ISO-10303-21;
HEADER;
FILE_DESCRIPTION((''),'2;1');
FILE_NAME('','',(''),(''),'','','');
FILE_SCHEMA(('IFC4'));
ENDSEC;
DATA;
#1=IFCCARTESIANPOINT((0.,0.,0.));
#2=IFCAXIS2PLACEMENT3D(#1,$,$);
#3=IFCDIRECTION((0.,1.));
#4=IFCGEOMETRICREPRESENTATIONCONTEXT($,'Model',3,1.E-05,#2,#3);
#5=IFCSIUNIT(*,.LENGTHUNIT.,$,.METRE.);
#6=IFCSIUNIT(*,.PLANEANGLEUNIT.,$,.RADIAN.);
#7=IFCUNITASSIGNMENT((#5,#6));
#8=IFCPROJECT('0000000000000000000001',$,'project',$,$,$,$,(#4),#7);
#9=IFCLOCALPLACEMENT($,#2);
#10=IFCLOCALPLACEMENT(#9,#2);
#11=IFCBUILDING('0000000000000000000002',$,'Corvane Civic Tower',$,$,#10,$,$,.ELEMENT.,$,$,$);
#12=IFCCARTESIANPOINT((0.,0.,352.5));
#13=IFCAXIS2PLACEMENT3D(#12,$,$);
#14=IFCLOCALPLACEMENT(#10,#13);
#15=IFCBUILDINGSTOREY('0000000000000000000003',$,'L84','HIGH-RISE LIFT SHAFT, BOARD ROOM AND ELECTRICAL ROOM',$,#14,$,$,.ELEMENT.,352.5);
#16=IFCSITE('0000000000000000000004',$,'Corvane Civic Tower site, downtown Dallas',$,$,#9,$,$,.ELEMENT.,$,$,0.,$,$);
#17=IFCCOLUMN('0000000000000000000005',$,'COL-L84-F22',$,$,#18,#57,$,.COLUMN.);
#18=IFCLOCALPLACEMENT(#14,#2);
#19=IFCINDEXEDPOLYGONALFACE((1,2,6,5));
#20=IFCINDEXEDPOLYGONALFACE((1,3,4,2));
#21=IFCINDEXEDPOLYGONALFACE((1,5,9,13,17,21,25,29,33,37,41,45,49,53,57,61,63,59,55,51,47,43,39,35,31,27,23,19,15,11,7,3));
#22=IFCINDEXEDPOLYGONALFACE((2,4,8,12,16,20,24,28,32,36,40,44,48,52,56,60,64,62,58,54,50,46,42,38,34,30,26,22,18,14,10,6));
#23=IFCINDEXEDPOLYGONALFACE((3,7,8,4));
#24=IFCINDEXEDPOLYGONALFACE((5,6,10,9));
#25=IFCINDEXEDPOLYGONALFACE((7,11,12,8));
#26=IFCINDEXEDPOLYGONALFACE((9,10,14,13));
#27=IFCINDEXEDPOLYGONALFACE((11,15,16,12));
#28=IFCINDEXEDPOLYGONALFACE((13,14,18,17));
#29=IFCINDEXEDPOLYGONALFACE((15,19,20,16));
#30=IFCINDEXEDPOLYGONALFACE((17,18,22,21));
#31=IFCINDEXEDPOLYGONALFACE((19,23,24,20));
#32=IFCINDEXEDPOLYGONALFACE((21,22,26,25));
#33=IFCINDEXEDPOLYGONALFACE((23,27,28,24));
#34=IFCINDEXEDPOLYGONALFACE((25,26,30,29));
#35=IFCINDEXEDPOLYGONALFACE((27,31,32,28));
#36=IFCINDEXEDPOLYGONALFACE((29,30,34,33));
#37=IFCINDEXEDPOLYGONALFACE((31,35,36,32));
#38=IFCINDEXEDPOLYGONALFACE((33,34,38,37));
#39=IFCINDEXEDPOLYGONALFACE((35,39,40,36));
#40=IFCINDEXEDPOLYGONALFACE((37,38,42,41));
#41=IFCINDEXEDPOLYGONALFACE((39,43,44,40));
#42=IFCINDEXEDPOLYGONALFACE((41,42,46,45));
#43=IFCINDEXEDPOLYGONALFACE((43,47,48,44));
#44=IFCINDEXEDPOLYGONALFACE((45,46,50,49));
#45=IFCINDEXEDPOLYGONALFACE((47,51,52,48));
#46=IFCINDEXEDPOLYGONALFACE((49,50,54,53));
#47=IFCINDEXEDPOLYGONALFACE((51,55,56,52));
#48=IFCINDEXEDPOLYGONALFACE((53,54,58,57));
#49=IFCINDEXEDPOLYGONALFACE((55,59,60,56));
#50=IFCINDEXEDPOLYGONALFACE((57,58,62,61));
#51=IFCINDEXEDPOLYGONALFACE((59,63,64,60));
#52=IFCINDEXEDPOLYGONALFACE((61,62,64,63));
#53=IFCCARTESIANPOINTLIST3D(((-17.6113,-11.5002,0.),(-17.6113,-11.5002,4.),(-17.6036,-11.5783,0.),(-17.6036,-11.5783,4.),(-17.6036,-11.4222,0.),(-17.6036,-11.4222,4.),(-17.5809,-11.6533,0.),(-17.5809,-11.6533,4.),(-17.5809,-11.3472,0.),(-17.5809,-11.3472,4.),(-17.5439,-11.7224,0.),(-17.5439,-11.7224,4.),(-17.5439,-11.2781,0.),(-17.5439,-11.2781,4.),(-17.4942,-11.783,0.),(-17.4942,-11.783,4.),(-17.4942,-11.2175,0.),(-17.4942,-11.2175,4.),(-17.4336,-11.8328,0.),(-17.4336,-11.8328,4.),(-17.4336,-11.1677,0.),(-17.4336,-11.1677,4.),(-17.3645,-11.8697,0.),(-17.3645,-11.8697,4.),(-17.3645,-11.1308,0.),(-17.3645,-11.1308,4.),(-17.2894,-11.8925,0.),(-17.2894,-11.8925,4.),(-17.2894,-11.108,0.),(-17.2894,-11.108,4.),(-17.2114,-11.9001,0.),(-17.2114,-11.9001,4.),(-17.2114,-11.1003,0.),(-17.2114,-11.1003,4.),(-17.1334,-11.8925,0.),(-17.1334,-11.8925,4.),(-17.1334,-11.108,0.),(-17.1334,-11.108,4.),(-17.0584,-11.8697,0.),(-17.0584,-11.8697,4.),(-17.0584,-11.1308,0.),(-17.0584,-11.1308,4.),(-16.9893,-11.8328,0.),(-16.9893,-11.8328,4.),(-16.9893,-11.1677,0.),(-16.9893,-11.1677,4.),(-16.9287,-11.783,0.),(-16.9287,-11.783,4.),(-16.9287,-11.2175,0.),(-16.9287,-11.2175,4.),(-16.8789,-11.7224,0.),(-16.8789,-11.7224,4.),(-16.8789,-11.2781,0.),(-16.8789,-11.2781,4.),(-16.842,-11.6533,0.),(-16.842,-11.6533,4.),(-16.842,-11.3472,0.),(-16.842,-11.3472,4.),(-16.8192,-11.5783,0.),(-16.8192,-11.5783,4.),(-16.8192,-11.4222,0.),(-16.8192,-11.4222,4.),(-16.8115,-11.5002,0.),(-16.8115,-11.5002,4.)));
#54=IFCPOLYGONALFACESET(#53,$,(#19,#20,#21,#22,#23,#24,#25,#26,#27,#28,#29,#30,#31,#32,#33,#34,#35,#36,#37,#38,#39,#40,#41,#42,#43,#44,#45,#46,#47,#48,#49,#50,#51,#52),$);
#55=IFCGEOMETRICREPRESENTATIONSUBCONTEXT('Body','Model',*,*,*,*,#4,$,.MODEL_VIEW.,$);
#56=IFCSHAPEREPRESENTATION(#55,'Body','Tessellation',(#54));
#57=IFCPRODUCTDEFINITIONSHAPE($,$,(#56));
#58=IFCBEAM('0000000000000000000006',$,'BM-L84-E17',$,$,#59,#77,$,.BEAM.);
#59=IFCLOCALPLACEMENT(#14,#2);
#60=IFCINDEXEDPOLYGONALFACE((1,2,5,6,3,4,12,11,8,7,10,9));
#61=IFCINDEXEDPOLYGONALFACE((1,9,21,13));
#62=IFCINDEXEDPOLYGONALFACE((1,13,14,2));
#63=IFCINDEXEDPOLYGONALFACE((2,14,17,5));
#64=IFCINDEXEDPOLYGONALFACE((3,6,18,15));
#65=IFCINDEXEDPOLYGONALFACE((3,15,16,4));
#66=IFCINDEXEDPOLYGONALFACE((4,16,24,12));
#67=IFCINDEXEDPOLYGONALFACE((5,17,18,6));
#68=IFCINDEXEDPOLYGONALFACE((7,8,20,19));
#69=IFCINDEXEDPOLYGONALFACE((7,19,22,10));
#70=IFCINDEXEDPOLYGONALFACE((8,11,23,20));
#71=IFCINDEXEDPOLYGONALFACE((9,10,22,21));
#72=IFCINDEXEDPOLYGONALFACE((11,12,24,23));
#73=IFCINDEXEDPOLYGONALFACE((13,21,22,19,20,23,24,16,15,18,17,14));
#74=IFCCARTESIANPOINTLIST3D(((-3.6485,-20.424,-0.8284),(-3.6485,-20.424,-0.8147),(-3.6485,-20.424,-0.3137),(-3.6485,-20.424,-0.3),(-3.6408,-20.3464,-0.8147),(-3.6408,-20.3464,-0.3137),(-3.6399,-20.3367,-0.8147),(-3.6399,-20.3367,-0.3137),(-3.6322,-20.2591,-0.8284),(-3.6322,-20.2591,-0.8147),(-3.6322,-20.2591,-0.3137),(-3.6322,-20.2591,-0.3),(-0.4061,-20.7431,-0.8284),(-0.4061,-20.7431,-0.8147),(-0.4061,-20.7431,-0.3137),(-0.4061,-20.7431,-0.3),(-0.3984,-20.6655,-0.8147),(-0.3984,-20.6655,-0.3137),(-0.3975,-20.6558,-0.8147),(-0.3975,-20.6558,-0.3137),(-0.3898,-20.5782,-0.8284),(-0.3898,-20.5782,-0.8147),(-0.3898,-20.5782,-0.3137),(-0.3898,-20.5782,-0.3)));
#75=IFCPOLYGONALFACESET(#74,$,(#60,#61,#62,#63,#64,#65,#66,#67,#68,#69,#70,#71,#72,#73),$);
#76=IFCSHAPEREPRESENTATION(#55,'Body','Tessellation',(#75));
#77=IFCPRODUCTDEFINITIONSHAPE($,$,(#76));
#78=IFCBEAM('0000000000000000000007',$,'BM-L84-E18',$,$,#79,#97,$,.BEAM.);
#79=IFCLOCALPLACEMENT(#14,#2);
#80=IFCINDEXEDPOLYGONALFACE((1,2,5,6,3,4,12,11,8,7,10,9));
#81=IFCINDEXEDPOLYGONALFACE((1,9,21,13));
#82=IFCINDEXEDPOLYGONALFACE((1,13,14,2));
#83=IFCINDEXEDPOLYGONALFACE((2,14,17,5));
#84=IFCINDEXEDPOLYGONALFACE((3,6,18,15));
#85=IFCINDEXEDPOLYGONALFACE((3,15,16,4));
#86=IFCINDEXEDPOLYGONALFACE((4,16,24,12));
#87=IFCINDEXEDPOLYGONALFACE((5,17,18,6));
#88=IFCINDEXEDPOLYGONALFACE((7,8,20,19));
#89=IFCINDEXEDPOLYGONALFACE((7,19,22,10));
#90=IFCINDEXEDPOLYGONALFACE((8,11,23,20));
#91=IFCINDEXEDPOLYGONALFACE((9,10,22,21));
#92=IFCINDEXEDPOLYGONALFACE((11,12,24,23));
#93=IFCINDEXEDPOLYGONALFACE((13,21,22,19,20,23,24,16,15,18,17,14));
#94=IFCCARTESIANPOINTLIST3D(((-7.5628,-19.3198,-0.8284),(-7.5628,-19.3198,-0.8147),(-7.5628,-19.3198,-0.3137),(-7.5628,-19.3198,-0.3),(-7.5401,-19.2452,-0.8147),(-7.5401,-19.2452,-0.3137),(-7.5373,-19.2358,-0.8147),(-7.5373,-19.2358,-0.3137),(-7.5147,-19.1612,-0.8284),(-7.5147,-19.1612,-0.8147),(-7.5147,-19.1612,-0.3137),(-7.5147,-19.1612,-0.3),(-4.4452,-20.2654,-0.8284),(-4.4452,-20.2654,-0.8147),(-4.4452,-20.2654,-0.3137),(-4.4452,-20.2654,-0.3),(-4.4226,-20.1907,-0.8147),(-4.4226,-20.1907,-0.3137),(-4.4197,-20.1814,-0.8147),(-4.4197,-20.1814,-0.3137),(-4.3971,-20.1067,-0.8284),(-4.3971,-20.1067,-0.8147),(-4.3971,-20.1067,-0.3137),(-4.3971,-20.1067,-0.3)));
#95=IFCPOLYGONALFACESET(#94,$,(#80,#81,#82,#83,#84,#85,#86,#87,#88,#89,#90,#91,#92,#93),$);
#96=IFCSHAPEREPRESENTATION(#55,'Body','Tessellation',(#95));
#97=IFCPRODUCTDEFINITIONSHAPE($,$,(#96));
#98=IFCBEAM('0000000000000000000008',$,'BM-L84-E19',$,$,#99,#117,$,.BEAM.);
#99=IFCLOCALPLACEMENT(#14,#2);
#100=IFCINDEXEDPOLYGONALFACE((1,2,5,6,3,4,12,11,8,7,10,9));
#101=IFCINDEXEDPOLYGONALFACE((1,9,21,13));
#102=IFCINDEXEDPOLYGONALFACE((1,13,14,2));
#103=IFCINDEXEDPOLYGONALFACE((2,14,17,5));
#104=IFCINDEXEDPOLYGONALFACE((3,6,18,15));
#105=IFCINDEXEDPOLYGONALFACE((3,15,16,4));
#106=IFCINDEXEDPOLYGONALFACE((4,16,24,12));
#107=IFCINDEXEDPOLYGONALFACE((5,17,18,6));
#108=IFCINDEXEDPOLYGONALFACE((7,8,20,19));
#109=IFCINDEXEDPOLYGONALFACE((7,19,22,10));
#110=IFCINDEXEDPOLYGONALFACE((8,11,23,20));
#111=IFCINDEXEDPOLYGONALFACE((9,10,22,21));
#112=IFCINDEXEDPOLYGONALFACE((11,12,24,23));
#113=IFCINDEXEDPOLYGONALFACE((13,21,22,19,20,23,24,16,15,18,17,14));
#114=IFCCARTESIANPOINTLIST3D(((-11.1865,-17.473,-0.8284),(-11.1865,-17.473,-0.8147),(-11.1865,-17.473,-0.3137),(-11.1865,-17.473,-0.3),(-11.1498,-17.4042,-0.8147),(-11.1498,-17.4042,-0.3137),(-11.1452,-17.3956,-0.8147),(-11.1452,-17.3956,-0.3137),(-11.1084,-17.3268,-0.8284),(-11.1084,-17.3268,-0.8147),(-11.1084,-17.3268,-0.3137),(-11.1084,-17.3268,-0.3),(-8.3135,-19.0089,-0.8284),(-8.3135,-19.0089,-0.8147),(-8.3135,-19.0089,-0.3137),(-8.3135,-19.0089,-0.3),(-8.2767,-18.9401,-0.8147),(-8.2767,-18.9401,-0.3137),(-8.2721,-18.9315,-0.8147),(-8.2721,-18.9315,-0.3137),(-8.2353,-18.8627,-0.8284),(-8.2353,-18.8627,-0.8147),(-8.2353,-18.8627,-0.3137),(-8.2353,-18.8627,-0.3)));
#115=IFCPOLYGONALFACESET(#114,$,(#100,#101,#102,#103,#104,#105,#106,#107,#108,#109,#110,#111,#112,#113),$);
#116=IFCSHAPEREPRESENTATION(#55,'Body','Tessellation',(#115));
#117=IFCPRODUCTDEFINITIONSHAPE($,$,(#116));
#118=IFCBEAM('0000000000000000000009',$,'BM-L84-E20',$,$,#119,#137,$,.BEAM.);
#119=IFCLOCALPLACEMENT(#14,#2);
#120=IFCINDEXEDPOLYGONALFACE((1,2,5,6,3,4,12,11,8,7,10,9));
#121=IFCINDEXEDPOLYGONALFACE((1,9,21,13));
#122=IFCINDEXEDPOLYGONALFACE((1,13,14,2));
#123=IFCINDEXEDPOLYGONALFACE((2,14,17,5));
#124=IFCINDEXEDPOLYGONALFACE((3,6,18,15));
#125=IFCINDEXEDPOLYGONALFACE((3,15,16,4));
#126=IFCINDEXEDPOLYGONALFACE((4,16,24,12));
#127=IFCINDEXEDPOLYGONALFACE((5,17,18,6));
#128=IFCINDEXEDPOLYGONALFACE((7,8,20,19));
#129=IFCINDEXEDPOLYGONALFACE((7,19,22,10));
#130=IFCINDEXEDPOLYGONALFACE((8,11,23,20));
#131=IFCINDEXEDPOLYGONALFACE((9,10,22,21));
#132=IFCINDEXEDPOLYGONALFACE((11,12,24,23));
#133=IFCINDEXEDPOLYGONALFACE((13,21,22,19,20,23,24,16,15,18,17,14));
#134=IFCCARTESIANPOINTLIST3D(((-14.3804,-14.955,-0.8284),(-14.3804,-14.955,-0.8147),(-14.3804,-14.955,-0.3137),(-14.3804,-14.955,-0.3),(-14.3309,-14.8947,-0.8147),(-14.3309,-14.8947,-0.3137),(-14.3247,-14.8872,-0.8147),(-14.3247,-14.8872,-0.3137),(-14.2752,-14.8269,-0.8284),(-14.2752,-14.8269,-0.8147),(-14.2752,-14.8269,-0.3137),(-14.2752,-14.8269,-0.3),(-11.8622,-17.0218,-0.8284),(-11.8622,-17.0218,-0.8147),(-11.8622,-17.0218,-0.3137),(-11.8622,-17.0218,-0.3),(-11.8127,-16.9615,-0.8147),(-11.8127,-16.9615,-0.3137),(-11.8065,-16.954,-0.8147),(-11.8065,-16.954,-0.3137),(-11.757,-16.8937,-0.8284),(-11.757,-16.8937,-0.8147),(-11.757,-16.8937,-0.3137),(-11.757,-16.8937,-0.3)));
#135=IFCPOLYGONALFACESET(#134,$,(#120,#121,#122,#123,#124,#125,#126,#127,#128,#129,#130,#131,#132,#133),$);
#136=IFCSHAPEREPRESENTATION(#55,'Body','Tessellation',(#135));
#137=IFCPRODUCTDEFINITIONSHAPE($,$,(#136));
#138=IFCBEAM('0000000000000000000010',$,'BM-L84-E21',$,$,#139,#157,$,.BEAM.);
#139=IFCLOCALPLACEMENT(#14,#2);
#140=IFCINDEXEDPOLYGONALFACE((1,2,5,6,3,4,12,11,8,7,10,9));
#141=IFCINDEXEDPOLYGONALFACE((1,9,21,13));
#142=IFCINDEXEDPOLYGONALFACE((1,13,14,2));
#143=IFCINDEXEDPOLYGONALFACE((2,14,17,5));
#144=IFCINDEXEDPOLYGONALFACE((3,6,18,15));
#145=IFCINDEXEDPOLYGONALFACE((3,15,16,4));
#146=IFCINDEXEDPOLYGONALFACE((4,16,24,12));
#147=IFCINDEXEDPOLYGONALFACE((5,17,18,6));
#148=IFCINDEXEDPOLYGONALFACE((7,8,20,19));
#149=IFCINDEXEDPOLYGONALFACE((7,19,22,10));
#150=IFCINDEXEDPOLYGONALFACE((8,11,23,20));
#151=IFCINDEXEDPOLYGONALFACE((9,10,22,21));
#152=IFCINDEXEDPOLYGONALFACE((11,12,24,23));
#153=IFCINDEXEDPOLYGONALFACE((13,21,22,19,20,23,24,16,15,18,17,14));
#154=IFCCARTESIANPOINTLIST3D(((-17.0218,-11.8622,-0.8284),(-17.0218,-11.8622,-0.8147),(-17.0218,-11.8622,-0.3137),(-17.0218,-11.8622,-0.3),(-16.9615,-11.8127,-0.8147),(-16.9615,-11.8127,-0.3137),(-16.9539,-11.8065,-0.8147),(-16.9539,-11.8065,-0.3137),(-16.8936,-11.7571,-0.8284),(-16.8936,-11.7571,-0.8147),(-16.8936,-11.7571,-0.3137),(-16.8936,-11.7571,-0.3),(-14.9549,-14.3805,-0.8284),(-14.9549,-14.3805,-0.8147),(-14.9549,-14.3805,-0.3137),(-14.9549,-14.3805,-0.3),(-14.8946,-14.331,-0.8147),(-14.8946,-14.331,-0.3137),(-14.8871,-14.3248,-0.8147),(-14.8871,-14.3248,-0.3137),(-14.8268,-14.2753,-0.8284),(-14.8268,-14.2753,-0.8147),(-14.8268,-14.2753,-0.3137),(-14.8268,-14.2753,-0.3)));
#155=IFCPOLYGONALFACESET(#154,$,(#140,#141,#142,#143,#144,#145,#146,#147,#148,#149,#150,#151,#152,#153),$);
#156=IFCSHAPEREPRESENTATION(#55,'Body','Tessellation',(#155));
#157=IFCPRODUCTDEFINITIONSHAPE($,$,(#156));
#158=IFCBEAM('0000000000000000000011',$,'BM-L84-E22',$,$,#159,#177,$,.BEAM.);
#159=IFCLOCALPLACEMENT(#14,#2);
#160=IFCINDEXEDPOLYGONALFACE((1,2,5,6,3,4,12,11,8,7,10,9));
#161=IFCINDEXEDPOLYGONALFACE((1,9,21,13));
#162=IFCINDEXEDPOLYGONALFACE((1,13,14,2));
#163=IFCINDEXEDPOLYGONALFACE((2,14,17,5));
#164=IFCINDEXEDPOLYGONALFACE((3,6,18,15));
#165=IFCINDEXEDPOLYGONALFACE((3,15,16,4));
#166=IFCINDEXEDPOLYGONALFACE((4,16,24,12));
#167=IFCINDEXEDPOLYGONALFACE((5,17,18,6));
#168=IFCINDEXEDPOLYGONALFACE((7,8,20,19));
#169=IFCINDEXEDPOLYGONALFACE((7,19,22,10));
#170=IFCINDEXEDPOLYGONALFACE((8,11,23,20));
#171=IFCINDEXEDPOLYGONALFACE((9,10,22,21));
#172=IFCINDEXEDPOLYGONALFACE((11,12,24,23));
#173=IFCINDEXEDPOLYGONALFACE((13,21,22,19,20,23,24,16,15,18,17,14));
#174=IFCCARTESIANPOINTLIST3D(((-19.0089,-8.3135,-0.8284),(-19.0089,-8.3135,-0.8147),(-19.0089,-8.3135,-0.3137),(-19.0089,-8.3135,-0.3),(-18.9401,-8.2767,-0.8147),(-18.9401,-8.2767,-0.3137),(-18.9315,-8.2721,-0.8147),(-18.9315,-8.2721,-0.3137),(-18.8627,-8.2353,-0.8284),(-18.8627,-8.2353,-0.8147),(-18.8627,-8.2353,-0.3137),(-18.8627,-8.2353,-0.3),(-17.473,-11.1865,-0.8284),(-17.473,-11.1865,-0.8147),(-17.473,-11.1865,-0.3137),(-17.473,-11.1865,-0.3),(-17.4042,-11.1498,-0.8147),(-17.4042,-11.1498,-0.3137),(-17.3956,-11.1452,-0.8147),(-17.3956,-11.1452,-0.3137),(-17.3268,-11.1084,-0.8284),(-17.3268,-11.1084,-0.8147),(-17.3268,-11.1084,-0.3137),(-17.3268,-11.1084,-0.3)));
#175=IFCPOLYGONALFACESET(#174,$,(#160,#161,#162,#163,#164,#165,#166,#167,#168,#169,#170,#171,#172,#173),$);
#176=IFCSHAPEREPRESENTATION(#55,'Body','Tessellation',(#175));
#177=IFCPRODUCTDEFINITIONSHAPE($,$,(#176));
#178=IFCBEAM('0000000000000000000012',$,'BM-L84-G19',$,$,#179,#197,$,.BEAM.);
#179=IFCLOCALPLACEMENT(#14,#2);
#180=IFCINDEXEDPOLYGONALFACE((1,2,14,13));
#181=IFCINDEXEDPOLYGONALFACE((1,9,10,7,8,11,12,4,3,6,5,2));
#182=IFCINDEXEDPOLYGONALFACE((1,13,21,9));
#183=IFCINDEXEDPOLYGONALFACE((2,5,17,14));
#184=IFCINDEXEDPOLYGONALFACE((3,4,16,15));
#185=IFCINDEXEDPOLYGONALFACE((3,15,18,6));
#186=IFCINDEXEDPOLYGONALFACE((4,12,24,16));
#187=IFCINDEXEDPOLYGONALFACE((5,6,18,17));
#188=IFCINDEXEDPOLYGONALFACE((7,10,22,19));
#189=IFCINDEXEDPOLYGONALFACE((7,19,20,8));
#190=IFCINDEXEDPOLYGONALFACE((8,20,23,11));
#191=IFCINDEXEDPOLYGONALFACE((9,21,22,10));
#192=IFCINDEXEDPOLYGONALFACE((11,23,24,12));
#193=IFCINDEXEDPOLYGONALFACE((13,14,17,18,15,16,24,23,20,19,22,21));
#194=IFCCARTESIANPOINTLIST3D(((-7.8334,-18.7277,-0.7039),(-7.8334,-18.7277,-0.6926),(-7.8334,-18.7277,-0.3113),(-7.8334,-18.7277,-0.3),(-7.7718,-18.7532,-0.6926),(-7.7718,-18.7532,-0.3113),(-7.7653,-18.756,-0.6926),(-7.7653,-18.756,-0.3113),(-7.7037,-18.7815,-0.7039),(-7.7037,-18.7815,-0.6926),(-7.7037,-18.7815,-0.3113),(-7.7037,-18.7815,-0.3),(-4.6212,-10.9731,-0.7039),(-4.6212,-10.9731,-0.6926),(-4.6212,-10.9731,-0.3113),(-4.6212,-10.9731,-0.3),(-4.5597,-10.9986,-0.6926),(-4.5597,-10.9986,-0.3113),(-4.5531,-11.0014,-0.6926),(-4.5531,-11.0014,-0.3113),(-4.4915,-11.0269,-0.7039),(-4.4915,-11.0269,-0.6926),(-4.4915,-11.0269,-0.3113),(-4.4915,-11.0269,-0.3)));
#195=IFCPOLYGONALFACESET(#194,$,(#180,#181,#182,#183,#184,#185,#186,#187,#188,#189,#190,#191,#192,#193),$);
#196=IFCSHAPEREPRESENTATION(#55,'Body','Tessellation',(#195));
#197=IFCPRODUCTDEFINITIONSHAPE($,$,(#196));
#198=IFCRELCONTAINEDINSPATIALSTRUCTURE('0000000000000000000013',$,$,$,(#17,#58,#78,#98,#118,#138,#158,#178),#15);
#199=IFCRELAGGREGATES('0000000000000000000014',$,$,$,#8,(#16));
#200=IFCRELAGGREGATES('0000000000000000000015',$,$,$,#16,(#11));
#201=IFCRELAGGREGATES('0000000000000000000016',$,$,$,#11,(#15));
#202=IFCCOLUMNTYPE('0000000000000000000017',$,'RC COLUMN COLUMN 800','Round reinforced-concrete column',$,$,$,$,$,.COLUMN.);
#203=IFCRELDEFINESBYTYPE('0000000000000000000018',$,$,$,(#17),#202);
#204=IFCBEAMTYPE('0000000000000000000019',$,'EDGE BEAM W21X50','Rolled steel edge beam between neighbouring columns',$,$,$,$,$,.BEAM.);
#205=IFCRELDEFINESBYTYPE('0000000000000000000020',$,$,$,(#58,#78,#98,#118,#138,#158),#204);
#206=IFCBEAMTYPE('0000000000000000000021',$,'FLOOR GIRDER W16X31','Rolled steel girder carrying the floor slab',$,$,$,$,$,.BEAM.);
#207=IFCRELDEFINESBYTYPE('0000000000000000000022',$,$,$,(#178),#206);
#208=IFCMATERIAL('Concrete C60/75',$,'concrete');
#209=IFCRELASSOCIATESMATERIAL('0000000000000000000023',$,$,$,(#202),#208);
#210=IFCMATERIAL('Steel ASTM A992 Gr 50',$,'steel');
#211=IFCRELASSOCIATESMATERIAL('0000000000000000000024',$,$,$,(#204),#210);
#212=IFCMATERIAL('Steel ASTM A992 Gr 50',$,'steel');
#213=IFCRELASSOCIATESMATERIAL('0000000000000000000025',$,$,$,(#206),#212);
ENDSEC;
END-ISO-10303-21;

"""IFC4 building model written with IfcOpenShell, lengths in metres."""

from ifc_helpers import new_model, si_unit, direction, frame, origin, origin_2d, place, context, subcontext, project, spatial, circle, i_section, extrude, material, material_profile, profile_set, type_object, element, save


model = new_model("IFC4")

# Units and contexts
model_context = context("Model", 3, precision=1e-05, world=origin(), true_north=direction((0.0, 1.0)))
body_context = subcontext(model_context, "Body", "Model", "MODEL_VIEW")
ifc_project = project(units=[si_unit("LENGTHUNIT", "METRE"), si_unit("PLANEANGLEUNIT", "RADIAN")], contexts=[model_context])

# Site, building, storey
site_placement = place(None, origin())
site = spatial("IfcSite", under=ifc_project, at=site_placement, Name="Corvane Civic Tower site, downtown Dallas", CompositionType="ELEMENT", RefElevation=0.0)
building_placement = place(site_placement, origin())
building = spatial("IfcBuilding", under=site, at=building_placement, Name="Corvane Civic Tower", CompositionType="ELEMENT")
storey_placement = place(building_placement, frame((0.0, 0.0, 352.5)))
storey = spatial("IfcBuildingStorey", under=building, at=storey_placement, Name="L84", Description="HIGH-RISE LIFT SHAFT, BOARD ROOM AND ELECTRICAL ROOM", CompositionType="ELEMENT", Elevation=352.5)

# Column
ifc_material_1 = material(Name="Concrete C60/75", Category="concrete")
ifc_material_profile_1 = material_profile(ifc_material_1, circle(Radius=0.3999, at=origin_2d()), Name="COLUMN 800")
ifc_profile_set_1 = profile_set([ifc_material_profile_1], Name="Concrete C60/75")
column_type = type_object("IfcColumnType", Name="RC COLUMN COLUMN 800", Description="Round reinforced-concrete column", PredefinedType="COLUMN", material=ifc_profile_set_1)
for number, where, z_axis, x_axis, name in (
    (1, (-17.2114, -11.5002, 0.0), (0.0, 0.0, 1.0), (1.0, 0.0, 0.0), "COL-L84-F22"),
):
    element("IfcColumn", number, at=place(storey_placement, frame(where, z_axis=z_axis, x_axis=x_axis)), inside=storey, type_object=column_type, Name=name, PredefinedType="COLUMN", context=body_context, shape_type="SweptSolid", body=[
        extrude(circle(Radius=0.3999, at=origin_2d()), origin(), (0.0, 0.0, 1.0), 4.0),
    ])

# Beams
ifc_material_2 = material(Name="Steel ASTM A992 Gr 50", Category="steel")
ifc_material_profile_2 = material_profile(ifc_material_2, i_section(OverallWidth=0.1658, OverallDepth=0.5283, WebThickness=0.0098, FlangeThickness=0.0137, at=origin_2d()), Name="W21X50")
ifc_profile_set_2 = profile_set([ifc_material_profile_2], Name="Steel ASTM A992 Gr 50")
beam_type_1 = type_object("IfcBeamType", Name="EDGE BEAM W21X50", Description="Rolled steel edge beam between neighbouring columns", PredefinedType="BEAM", material=ifc_profile_set_2)
beam_1_placement = place(storey_placement, frame((-0.3979, -20.6606, -0.5642), z_axis=(-0.995193, 0.097938, 0.0), x_axis=(-0.097938, -0.995193, 0.0)))
element("IfcBeam", 2, at=beam_1_placement, inside=storey, type_object=beam_type_1, Name="BM-L84-E17", PredefinedType="BEAM", context=body_context, shape_type="SweptSolid", body=[
    extrude(i_section(OverallWidth=0.1658, OverallDepth=0.5283, WebThickness=0.0098, FlangeThickness=0.0137, at=origin_2d()), origin(), (0.0, 0.0, 1.0), 3.2581),
])
for number, where, z_axis, x_axis, name in (
    (3, (-4.4211, -20.186, -0.5642), (-0.956956, 0.290234, 0.0), (-0.290234, -0.956956, 0.0), "BM-L84-E18"),
    (4, (-8.2744, -18.9358, -0.5642), (-0.881894, 0.471448, 0.0), (-0.471448, -0.881894, 0.0), "BM-L84-E19"),
    (5, (-11.8096, -16.9578, -0.5642), (-0.772985, 0.634425, 0.0), (-0.634425, -0.772985, 0.0), "BM-L84-E20"),
    (6, (-14.8909, -14.3279, -0.5642), (-0.634425, 0.772985, 0.0), (-0.772985, -0.634425, 0.0), "BM-L84-E21"),
    (7, (-17.3999, -11.1475, -0.5642), (-0.471448, 0.881894, 0.0), (-0.881894, -0.471448, 0.0), "BM-L84-E22"),
):
    element("IfcBeam", number, at=place(storey_placement, frame(where, z_axis=z_axis, x_axis=x_axis)), inside=storey, type_object=beam_type_1, Name=name, PredefinedType="BEAM", context=body_context, shape_type="SweptSolid", body=[
        extrude(i_section(OverallWidth=0.1658, OverallDepth=0.5283, WebThickness=0.0098, FlangeThickness=0.0137, at=origin_2d()), origin(), (0.0, 0.0, 1.0), 3.2578),
    ])
ifc_material_3 = material(Name="Steel ASTM A992 Gr 50", Category="steel")
ifc_material_profile_3 = material_profile(ifc_material_3, i_section(OverallWidth=0.1404, OverallDepth=0.4038, WebThickness=0.0071, FlangeThickness=0.0112, at=origin_2d()), Name="W16X31")
ifc_profile_set_3 = profile_set([ifc_material_profile_3], Name="Steel ASTM A992 Gr 50")
beam_type_2 = type_object("IfcBeamType", Name="FLOOR GIRDER W16X31", Description="Rolled steel girder carrying the floor slab", PredefinedType="BEAM", material=ifc_profile_set_3)
beam_2_placement = place(storey_placement, frame((-4.5564, -11.0, -0.502), z_axis=(-0.382692, -0.923876, 0.0), x_axis=(0.923876, -0.382692, 0.0)))
element("IfcBeam", 8, at=beam_2_placement, inside=storey, type_object=beam_type_2, Name="BM-L84-G19", PredefinedType="BEAM", context=body_context, shape_type="SweptSolid", body=[
    extrude(i_section(OverallWidth=0.1404, OverallDepth=0.4038, WebThickness=0.0071, FlangeThickness=0.0112, at=origin_2d()), origin(), (0.0, 0.0, 1.0), 8.3936),
])

save(model, "model.ifc")
